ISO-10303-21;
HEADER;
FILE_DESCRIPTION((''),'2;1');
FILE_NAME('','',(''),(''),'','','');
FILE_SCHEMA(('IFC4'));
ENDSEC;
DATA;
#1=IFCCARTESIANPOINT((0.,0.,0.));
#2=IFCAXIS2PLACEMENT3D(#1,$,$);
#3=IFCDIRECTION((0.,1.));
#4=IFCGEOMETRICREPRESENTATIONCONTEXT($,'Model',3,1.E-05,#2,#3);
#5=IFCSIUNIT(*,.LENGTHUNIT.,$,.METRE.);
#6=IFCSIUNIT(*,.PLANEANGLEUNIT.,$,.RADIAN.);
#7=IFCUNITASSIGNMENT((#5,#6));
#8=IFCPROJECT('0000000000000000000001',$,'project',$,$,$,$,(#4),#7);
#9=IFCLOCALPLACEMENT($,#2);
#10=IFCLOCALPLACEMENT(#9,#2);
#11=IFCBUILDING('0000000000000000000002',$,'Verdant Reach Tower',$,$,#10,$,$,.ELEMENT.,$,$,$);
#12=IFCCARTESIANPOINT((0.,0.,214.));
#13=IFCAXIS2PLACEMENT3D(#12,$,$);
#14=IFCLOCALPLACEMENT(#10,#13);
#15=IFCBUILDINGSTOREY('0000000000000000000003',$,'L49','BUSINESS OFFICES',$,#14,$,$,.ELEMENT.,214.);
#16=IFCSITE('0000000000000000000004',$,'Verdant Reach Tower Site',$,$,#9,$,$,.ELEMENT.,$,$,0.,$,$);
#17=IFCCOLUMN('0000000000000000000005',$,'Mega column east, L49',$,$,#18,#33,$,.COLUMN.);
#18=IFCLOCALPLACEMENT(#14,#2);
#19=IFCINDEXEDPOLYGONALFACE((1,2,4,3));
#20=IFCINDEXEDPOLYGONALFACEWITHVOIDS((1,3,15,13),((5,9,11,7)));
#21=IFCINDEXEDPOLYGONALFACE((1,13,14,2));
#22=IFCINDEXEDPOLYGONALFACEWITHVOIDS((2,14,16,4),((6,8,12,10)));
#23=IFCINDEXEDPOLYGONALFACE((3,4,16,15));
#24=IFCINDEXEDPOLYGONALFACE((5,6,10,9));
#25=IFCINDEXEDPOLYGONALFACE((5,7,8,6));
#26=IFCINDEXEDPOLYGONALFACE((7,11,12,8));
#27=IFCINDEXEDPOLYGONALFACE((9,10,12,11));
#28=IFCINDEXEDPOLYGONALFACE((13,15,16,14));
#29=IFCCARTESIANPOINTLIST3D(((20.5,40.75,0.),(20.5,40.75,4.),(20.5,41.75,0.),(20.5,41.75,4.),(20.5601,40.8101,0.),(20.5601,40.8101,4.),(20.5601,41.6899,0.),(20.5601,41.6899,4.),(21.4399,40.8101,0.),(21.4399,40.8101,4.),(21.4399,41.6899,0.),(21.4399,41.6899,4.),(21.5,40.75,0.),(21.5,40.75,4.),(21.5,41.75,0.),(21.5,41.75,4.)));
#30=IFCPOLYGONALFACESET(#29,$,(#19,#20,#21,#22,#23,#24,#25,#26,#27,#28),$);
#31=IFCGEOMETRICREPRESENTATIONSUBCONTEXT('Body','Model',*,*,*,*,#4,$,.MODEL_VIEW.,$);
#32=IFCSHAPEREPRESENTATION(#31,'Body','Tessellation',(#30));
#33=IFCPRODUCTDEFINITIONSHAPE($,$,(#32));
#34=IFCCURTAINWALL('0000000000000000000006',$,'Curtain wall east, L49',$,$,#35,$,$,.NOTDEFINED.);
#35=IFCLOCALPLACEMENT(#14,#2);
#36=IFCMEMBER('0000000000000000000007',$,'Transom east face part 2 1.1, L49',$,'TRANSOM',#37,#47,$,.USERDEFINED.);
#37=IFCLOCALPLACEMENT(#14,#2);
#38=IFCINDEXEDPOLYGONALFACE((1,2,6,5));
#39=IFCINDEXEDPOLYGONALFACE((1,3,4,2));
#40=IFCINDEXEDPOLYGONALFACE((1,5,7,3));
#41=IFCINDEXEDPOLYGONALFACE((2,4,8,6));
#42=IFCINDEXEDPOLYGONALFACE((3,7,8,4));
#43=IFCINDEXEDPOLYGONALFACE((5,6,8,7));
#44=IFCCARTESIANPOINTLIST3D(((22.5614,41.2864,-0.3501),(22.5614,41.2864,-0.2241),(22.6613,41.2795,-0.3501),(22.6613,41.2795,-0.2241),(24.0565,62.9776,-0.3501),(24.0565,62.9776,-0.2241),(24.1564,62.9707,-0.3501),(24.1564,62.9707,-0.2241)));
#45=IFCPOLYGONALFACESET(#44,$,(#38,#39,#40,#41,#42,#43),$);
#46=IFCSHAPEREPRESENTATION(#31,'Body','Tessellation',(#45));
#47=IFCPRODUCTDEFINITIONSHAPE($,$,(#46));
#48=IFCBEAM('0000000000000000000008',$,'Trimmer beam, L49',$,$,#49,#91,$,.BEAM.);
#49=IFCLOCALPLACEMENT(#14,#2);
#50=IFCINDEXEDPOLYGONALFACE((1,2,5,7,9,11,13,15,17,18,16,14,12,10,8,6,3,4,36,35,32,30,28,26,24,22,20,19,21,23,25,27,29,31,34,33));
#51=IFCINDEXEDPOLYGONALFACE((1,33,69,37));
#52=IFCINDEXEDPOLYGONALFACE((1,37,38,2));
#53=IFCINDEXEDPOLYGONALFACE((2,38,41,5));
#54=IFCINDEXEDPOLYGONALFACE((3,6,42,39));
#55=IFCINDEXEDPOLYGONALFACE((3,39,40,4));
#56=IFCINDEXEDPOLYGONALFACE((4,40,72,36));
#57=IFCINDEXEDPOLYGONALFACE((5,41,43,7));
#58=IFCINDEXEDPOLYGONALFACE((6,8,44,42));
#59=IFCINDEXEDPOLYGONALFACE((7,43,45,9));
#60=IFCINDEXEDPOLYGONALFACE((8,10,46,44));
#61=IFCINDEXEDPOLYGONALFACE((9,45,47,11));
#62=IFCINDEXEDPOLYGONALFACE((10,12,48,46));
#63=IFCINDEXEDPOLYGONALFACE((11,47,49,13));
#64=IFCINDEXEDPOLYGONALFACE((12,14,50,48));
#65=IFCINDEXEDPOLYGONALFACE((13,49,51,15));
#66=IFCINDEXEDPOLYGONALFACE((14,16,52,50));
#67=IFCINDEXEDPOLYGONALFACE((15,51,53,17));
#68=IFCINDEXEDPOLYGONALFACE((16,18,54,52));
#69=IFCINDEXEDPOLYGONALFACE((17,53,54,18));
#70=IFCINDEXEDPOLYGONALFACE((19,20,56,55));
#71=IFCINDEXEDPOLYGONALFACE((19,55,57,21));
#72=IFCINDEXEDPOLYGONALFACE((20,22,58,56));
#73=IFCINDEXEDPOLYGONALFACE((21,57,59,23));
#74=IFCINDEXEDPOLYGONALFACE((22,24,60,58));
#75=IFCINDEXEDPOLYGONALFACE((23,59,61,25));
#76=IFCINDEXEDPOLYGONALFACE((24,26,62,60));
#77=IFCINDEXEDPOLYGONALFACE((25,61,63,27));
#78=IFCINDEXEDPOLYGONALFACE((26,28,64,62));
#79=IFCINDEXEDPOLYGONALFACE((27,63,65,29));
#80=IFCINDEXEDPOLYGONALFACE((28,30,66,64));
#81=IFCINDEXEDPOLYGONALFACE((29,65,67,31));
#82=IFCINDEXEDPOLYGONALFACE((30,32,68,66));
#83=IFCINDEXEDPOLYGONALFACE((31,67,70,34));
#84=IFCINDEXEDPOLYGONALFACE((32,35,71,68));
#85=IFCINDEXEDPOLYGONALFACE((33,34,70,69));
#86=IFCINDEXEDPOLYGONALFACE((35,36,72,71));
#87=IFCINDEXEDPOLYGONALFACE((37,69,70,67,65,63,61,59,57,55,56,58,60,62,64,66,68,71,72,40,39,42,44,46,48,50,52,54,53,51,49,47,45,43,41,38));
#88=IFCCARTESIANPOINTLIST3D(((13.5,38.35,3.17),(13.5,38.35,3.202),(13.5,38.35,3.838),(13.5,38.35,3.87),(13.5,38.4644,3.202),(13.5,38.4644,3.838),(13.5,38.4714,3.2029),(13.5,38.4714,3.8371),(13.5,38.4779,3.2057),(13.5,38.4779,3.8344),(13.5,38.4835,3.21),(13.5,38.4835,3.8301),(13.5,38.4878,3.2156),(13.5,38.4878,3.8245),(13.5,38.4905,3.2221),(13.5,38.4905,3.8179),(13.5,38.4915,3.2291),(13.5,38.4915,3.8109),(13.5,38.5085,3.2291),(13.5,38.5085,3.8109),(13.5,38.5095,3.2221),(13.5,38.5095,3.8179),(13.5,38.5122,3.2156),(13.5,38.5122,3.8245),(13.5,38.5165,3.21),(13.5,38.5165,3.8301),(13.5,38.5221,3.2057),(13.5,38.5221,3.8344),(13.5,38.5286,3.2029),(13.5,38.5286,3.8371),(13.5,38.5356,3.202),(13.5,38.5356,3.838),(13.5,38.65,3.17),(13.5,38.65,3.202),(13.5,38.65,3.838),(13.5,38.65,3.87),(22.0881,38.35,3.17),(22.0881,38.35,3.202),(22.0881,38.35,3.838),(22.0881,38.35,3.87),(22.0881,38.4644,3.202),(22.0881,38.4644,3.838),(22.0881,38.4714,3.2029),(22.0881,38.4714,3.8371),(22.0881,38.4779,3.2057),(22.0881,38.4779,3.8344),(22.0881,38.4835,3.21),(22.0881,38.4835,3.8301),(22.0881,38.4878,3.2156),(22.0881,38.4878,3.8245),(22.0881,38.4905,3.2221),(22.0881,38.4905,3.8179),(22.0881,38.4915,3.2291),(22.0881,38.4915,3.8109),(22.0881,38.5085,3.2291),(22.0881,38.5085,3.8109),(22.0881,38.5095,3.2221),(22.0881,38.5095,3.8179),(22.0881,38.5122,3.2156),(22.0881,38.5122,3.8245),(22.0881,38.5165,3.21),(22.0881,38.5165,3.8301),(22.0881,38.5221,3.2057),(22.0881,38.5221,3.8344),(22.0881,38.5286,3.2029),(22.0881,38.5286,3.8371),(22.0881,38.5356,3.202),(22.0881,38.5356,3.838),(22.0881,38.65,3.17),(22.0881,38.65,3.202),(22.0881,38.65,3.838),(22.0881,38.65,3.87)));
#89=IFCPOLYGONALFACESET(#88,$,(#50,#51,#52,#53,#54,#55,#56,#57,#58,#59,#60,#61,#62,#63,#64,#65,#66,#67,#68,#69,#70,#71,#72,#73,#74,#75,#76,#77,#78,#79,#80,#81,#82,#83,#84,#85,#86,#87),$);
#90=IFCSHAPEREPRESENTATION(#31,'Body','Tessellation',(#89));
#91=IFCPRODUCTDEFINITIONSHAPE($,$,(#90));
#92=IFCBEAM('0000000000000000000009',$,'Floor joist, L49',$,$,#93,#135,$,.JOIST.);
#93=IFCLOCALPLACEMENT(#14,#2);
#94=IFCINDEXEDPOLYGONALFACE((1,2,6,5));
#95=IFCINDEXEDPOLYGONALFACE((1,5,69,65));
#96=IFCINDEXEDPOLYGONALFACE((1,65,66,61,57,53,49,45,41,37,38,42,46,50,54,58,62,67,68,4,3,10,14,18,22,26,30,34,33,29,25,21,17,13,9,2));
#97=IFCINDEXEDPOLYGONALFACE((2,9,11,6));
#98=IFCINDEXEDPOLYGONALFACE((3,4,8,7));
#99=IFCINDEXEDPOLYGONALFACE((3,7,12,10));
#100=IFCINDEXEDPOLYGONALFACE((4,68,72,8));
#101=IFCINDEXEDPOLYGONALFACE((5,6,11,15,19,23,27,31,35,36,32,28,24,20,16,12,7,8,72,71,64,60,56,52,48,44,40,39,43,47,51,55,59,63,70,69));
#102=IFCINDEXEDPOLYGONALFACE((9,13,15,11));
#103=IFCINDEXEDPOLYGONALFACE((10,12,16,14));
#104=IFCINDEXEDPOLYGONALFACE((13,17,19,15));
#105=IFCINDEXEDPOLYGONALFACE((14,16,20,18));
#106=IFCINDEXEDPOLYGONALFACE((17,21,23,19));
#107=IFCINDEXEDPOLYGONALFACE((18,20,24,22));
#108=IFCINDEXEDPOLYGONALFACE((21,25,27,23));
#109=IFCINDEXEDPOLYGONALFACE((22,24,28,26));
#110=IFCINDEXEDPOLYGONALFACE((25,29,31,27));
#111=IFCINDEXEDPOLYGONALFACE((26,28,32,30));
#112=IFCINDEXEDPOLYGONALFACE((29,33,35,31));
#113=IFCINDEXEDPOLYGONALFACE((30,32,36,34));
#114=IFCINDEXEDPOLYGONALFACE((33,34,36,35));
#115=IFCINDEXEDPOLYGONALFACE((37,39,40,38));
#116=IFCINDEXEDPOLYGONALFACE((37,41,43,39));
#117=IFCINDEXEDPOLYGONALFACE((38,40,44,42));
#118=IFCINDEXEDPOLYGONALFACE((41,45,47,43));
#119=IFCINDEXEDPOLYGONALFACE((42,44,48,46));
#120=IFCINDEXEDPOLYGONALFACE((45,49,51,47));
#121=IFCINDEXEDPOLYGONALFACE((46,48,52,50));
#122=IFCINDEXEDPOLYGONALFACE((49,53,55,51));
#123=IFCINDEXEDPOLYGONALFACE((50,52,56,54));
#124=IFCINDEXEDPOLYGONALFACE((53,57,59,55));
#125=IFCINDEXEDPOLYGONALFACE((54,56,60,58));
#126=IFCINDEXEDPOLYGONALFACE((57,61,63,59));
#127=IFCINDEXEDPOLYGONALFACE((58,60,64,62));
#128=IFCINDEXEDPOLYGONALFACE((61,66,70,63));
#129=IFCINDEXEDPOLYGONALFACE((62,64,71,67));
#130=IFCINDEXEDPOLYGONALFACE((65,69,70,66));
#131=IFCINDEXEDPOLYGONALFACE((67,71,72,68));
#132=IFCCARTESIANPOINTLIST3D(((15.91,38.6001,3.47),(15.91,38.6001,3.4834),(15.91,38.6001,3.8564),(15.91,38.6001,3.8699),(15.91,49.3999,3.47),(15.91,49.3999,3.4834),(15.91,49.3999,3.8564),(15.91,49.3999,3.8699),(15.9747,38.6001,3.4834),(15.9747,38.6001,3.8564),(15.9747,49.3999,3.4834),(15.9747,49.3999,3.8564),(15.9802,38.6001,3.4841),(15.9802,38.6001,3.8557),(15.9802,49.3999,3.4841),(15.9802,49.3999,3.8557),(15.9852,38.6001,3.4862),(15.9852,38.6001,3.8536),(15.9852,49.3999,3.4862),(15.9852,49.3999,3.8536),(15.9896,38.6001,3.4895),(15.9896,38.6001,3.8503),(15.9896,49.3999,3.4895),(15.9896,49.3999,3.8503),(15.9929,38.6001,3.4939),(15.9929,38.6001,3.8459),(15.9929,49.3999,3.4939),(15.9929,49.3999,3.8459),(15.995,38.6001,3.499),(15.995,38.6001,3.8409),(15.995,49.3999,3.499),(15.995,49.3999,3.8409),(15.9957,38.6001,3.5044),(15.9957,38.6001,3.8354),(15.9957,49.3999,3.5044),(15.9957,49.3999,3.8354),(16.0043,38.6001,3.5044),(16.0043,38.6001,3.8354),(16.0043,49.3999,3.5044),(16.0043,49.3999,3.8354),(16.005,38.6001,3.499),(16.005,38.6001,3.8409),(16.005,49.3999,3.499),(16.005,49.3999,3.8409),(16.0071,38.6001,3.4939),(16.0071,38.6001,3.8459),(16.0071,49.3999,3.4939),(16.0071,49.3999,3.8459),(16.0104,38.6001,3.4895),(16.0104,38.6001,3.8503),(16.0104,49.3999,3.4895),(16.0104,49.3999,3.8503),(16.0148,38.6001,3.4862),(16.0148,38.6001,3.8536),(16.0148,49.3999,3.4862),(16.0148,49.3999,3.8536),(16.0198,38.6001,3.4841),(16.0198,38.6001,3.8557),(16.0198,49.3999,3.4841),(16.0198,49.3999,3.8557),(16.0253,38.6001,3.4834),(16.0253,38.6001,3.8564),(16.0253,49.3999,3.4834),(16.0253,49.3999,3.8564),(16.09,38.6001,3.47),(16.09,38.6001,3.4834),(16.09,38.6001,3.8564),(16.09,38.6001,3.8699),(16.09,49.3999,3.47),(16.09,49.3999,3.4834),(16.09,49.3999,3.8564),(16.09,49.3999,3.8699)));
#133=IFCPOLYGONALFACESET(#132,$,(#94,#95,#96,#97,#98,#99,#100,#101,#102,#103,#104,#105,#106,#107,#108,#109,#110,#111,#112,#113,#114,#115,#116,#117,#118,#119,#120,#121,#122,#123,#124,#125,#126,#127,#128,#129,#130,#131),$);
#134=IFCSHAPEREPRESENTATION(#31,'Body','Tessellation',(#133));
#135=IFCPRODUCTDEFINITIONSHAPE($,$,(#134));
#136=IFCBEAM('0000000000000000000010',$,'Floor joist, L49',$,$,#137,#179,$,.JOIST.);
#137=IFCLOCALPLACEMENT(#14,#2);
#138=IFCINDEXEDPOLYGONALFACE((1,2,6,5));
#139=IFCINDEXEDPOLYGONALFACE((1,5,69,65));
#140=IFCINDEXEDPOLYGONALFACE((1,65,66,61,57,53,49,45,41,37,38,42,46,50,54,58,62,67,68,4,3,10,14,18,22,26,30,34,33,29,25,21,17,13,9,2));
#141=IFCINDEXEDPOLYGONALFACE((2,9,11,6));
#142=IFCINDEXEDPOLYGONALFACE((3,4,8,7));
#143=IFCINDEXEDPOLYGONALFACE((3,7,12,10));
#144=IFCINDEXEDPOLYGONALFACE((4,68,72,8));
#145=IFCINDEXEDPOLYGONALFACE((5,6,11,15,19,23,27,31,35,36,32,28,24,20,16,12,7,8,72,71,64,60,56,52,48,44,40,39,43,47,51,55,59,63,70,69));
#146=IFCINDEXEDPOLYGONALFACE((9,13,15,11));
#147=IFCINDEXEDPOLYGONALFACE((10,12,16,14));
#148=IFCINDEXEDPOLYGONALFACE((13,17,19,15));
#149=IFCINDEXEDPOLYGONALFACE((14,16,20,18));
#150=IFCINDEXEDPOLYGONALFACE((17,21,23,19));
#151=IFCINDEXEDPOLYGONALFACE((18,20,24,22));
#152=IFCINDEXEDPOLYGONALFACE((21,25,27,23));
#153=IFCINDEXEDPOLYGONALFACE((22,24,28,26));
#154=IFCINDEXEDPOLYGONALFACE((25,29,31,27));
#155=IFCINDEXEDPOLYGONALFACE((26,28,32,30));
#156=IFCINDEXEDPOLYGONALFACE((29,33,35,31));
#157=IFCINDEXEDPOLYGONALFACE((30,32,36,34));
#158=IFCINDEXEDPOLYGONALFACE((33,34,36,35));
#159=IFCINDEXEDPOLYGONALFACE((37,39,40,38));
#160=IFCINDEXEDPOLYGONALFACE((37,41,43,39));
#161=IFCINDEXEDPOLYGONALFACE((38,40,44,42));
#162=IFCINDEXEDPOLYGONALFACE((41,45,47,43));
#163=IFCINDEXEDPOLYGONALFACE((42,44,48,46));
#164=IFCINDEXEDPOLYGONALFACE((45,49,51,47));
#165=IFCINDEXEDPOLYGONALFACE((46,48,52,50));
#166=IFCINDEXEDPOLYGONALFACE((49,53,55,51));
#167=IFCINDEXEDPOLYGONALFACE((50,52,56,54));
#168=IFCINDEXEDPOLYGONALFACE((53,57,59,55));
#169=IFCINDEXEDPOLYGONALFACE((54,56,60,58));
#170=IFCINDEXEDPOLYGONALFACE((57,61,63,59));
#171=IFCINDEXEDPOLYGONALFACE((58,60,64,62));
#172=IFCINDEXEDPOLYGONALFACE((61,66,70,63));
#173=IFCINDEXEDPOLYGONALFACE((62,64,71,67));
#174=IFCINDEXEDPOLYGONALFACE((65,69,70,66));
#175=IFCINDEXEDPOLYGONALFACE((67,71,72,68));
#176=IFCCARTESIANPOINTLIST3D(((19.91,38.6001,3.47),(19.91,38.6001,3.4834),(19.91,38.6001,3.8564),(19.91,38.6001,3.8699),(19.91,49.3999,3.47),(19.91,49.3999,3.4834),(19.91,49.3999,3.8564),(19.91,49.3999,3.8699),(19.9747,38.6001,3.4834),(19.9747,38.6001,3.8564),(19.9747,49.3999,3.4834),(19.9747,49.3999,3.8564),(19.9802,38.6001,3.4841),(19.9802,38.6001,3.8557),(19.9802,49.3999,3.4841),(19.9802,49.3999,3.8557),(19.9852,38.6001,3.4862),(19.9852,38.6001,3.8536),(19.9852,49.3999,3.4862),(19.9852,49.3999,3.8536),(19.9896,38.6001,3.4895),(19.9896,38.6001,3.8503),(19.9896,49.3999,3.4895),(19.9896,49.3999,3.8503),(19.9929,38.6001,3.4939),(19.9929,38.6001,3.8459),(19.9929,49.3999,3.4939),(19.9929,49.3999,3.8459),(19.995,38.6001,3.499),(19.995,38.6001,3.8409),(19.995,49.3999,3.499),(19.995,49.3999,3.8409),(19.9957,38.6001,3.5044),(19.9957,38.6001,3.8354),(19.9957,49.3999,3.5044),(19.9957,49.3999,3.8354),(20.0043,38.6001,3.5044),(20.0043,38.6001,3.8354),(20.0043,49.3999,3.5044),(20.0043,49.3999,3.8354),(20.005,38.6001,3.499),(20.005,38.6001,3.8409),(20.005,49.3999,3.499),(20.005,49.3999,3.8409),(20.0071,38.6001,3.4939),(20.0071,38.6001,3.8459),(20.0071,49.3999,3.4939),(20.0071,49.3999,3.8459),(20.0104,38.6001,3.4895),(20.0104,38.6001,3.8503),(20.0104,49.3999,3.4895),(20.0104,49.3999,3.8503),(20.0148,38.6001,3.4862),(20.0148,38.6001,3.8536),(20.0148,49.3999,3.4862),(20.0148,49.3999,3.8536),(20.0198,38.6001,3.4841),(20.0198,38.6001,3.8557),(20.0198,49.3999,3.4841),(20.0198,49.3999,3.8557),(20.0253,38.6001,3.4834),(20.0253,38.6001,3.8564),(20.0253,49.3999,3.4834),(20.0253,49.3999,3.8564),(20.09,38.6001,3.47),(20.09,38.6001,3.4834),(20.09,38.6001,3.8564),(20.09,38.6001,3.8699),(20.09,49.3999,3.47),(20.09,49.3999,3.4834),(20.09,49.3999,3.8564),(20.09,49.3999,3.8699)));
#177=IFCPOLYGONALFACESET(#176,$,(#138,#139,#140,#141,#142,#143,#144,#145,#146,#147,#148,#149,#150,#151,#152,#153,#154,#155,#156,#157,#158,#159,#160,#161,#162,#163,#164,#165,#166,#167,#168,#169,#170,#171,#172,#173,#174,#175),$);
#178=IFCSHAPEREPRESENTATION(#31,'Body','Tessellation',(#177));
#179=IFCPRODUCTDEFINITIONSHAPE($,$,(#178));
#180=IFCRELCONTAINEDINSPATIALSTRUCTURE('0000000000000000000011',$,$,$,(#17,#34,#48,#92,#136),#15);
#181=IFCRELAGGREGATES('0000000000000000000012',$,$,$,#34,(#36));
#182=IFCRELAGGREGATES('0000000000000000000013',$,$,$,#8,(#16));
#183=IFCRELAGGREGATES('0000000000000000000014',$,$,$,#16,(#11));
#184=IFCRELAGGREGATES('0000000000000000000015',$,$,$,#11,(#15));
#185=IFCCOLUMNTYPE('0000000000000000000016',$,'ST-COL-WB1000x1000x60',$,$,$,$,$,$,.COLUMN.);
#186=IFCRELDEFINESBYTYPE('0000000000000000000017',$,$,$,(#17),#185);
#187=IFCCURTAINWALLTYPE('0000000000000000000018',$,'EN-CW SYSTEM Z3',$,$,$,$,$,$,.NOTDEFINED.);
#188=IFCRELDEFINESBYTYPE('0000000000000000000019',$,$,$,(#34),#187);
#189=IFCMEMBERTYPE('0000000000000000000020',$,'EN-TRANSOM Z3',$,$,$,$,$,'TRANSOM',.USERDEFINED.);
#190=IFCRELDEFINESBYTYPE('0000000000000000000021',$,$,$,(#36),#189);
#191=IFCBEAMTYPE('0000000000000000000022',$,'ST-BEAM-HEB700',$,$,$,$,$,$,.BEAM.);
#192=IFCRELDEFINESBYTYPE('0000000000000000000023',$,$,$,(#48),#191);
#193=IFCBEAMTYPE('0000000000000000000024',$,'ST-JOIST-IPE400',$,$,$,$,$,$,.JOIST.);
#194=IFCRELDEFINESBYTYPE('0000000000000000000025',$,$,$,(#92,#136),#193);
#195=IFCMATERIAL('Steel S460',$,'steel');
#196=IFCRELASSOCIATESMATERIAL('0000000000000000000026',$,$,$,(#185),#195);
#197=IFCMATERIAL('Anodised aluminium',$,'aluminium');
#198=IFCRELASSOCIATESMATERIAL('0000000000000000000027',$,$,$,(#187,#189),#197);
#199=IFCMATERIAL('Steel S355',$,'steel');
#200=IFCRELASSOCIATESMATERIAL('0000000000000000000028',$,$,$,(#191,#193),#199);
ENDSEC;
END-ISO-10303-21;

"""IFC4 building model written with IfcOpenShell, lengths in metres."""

from ifc_helpers import new_model, si_unit, direction, frame, origin, origin_2d, place, context, subcontext, project, spatial, rectangle, hollow_rectangle, i_section, extrude, material, material_profile, profile_set, type_object, element, aggregate, save


model = new_model("IFC4")

# Units and contexts
model_context = context("Model", 3, precision=1e-05, world=origin(), true_north=direction((0.0, 1.0)))
body_context = subcontext(model_context, "Body", "Model", "MODEL_VIEW")
ifc_project = project(units=[si_unit("LENGTHUNIT", "METRE"), si_unit("PLANEANGLEUNIT", "RADIAN")], contexts=[model_context])

# Site, building, storey
site_placement = place(None, origin())
site = spatial("IfcSite", under=ifc_project, at=site_placement, Name="Verdant Reach Tower Site", CompositionType="ELEMENT", RefElevation=0.0)
building_placement = place(site_placement, origin())
building = spatial("IfcBuilding", under=site, at=building_placement, Name="Verdant Reach Tower", CompositionType="ELEMENT")
storey_placement = place(building_placement, frame((0.0, 0.0, 214.0)))
storey = spatial("IfcBuildingStorey", under=building, at=storey_placement, Name="L49", Description="BUSINESS OFFICES", CompositionType="ELEMENT", Elevation=214.0)

# Column
ifc_material_1 = material(Name="Steel S460", Category="steel")
ifc_material_profile_1 = material_profile(ifc_material_1, hollow_rectangle(XDim=1.0, YDim=1.0, WallThickness=0.0601, at=origin_2d()), Name="WB 1000x1000x60")
ifc_profile_set_1 = profile_set([ifc_material_profile_1], Name="Steel S460")
column_type = type_object("IfcColumnType", Name="ST-COL-WB1000x1000x60", PredefinedType="COLUMN", material=ifc_profile_set_1)
column_placement = place(storey_placement, frame((21.0, 41.25, 0.0), z_axis=(0.0, 0.0, 1.0), x_axis=(1.0, 0.0, 0.0)))
element("IfcColumn", 1, at=column_placement, inside=storey, type_object=column_type, Name="Mega column east, L49", PredefinedType="COLUMN", context=body_context, shape_type="SweptSolid", body=[
    extrude(hollow_rectangle(XDim=1.0, YDim=1.0, WallThickness=0.0601, at=origin_2d()), origin(), (0.0, 0.0, 1.0), 4.0),
])

# Curtain wall, member
ifc_material_2 = material(Name="Anodised aluminium", Category="aluminium")
curtain_wall_type = type_object("IfcCurtainWallType", Name="EN-CW SYSTEM Z3", PredefinedType="NOTDEFINED", material=ifc_material_2)
curtain_wall_placement = place(storey_placement, origin())
curtain_wall = element("IfcCurtainWall", 2, at=curtain_wall_placement, inside=storey, type_object=curtain_wall_type, Name="Curtain wall east, L49", PredefinedType="NOTDEFINED")
ifc_material_profile_2 = material_profile(ifc_material_2, rectangle(XDim=0.1001, YDim=0.126, at=origin_2d()), Name="Transom 126x100")
ifc_profile_set_2 = profile_set([ifc_material_profile_2], Name="Anodised aluminium")
member_type = type_object("IfcMemberType", Name="EN-TRANSOM Z3", ElementType="TRANSOM", PredefinedType="USERDEFINED", material=ifc_profile_set_2)
member_placement = place(storey_placement, frame((22.6113, 41.283, -0.2871), z_axis=(0.068764, 0.997633, 0.0), x_axis=(-0.997633, 0.068764, 0.0)))
member = element("IfcMember", 3, at=member_placement, type_object=member_type, Name="Transom east face part 2 1.1, L49", ObjectType="TRANSOM", PredefinedType="USERDEFINED", context=body_context, shape_type="SweptSolid", body=[
    extrude(rectangle(XDim=0.1001, YDim=0.126, at=origin_2d()), origin(), (0.0, 0.0, 1.0), 21.7427),
])

# Beams
ifc_material_3 = material(Name="Steel S355", Category="steel")
ifc_material_profile_3 = material_profile(ifc_material_3, i_section(OverallWidth=0.3, OverallDepth=0.7, WebThickness=0.0171, FlangeThickness=0.032, FilletRadius=0.0271, at=origin_2d()), Name="HEB 700")
ifc_profile_set_3 = profile_set([ifc_material_profile_3], Name="Steel S355")
beam_type_1 = type_object("IfcBeamType", Name="ST-BEAM-HEB700", PredefinedType="BEAM", material=ifc_profile_set_3)
beam_1_placement = place(storey_placement, frame((13.5, 38.5, 3.52), z_axis=(1.0, 0.0, 0.0), x_axis=(0.0, 1.0, 0.0)))
element("IfcBeam", 4, at=beam_1_placement, inside=storey, type_object=beam_type_1, Name="Trimmer beam, L49", PredefinedType="BEAM", context=body_context, shape_type="SweptSolid", body=[
    extrude(i_section(OverallWidth=0.3, OverallDepth=0.7, WebThickness=0.0171, FlangeThickness=0.032, FilletRadius=0.0271, at=origin_2d()), origin(), (0.0, 0.0, 1.0), 8.5881),
])
ifc_material_profile_4 = material_profile(ifc_material_3, i_section(OverallWidth=0.1799, OverallDepth=0.3999, WebThickness=0.0085, FlangeThickness=0.0134, FilletRadius=0.021, at=origin_2d()), Name="IPE 400")
ifc_profile_set_4 = profile_set([ifc_material_profile_4], Name="Steel S355")
beam_type_2 = type_object("IfcBeamType", Name="ST-JOIST-IPE400", PredefinedType="JOIST", material=ifc_profile_set_4)
for number, where, z_axis, x_axis, name in (
    (5, (16.0, 38.6001, 3.6699), (0.0, 1.0, 0.0), (-1.0, 0.0, 0.0), "Floor joist, L49"),
    (6, (20.0, 38.6001, 3.6699), (0.0, 1.0, 0.0), (-1.0, 0.0, 0.0), "Floor joist, L49"),
):
    element("IfcBeam", number, at=place(storey_placement, frame(where, z_axis=z_axis, x_axis=x_axis)), inside=storey, type_object=beam_type_2, Name=name, PredefinedType="JOIST", context=body_context, shape_type="SweptSolid", body=[
        extrude(i_section(OverallWidth=0.1799, OverallDepth=0.3999, WebThickness=0.0085, FlangeThickness=0.0134, FilletRadius=0.021, at=origin_2d()), origin(), (0.0, 0.0, 1.0), 10.7998),
    ])

aggregate(curtain_wall, [member])

save(model, "model.ifc")
